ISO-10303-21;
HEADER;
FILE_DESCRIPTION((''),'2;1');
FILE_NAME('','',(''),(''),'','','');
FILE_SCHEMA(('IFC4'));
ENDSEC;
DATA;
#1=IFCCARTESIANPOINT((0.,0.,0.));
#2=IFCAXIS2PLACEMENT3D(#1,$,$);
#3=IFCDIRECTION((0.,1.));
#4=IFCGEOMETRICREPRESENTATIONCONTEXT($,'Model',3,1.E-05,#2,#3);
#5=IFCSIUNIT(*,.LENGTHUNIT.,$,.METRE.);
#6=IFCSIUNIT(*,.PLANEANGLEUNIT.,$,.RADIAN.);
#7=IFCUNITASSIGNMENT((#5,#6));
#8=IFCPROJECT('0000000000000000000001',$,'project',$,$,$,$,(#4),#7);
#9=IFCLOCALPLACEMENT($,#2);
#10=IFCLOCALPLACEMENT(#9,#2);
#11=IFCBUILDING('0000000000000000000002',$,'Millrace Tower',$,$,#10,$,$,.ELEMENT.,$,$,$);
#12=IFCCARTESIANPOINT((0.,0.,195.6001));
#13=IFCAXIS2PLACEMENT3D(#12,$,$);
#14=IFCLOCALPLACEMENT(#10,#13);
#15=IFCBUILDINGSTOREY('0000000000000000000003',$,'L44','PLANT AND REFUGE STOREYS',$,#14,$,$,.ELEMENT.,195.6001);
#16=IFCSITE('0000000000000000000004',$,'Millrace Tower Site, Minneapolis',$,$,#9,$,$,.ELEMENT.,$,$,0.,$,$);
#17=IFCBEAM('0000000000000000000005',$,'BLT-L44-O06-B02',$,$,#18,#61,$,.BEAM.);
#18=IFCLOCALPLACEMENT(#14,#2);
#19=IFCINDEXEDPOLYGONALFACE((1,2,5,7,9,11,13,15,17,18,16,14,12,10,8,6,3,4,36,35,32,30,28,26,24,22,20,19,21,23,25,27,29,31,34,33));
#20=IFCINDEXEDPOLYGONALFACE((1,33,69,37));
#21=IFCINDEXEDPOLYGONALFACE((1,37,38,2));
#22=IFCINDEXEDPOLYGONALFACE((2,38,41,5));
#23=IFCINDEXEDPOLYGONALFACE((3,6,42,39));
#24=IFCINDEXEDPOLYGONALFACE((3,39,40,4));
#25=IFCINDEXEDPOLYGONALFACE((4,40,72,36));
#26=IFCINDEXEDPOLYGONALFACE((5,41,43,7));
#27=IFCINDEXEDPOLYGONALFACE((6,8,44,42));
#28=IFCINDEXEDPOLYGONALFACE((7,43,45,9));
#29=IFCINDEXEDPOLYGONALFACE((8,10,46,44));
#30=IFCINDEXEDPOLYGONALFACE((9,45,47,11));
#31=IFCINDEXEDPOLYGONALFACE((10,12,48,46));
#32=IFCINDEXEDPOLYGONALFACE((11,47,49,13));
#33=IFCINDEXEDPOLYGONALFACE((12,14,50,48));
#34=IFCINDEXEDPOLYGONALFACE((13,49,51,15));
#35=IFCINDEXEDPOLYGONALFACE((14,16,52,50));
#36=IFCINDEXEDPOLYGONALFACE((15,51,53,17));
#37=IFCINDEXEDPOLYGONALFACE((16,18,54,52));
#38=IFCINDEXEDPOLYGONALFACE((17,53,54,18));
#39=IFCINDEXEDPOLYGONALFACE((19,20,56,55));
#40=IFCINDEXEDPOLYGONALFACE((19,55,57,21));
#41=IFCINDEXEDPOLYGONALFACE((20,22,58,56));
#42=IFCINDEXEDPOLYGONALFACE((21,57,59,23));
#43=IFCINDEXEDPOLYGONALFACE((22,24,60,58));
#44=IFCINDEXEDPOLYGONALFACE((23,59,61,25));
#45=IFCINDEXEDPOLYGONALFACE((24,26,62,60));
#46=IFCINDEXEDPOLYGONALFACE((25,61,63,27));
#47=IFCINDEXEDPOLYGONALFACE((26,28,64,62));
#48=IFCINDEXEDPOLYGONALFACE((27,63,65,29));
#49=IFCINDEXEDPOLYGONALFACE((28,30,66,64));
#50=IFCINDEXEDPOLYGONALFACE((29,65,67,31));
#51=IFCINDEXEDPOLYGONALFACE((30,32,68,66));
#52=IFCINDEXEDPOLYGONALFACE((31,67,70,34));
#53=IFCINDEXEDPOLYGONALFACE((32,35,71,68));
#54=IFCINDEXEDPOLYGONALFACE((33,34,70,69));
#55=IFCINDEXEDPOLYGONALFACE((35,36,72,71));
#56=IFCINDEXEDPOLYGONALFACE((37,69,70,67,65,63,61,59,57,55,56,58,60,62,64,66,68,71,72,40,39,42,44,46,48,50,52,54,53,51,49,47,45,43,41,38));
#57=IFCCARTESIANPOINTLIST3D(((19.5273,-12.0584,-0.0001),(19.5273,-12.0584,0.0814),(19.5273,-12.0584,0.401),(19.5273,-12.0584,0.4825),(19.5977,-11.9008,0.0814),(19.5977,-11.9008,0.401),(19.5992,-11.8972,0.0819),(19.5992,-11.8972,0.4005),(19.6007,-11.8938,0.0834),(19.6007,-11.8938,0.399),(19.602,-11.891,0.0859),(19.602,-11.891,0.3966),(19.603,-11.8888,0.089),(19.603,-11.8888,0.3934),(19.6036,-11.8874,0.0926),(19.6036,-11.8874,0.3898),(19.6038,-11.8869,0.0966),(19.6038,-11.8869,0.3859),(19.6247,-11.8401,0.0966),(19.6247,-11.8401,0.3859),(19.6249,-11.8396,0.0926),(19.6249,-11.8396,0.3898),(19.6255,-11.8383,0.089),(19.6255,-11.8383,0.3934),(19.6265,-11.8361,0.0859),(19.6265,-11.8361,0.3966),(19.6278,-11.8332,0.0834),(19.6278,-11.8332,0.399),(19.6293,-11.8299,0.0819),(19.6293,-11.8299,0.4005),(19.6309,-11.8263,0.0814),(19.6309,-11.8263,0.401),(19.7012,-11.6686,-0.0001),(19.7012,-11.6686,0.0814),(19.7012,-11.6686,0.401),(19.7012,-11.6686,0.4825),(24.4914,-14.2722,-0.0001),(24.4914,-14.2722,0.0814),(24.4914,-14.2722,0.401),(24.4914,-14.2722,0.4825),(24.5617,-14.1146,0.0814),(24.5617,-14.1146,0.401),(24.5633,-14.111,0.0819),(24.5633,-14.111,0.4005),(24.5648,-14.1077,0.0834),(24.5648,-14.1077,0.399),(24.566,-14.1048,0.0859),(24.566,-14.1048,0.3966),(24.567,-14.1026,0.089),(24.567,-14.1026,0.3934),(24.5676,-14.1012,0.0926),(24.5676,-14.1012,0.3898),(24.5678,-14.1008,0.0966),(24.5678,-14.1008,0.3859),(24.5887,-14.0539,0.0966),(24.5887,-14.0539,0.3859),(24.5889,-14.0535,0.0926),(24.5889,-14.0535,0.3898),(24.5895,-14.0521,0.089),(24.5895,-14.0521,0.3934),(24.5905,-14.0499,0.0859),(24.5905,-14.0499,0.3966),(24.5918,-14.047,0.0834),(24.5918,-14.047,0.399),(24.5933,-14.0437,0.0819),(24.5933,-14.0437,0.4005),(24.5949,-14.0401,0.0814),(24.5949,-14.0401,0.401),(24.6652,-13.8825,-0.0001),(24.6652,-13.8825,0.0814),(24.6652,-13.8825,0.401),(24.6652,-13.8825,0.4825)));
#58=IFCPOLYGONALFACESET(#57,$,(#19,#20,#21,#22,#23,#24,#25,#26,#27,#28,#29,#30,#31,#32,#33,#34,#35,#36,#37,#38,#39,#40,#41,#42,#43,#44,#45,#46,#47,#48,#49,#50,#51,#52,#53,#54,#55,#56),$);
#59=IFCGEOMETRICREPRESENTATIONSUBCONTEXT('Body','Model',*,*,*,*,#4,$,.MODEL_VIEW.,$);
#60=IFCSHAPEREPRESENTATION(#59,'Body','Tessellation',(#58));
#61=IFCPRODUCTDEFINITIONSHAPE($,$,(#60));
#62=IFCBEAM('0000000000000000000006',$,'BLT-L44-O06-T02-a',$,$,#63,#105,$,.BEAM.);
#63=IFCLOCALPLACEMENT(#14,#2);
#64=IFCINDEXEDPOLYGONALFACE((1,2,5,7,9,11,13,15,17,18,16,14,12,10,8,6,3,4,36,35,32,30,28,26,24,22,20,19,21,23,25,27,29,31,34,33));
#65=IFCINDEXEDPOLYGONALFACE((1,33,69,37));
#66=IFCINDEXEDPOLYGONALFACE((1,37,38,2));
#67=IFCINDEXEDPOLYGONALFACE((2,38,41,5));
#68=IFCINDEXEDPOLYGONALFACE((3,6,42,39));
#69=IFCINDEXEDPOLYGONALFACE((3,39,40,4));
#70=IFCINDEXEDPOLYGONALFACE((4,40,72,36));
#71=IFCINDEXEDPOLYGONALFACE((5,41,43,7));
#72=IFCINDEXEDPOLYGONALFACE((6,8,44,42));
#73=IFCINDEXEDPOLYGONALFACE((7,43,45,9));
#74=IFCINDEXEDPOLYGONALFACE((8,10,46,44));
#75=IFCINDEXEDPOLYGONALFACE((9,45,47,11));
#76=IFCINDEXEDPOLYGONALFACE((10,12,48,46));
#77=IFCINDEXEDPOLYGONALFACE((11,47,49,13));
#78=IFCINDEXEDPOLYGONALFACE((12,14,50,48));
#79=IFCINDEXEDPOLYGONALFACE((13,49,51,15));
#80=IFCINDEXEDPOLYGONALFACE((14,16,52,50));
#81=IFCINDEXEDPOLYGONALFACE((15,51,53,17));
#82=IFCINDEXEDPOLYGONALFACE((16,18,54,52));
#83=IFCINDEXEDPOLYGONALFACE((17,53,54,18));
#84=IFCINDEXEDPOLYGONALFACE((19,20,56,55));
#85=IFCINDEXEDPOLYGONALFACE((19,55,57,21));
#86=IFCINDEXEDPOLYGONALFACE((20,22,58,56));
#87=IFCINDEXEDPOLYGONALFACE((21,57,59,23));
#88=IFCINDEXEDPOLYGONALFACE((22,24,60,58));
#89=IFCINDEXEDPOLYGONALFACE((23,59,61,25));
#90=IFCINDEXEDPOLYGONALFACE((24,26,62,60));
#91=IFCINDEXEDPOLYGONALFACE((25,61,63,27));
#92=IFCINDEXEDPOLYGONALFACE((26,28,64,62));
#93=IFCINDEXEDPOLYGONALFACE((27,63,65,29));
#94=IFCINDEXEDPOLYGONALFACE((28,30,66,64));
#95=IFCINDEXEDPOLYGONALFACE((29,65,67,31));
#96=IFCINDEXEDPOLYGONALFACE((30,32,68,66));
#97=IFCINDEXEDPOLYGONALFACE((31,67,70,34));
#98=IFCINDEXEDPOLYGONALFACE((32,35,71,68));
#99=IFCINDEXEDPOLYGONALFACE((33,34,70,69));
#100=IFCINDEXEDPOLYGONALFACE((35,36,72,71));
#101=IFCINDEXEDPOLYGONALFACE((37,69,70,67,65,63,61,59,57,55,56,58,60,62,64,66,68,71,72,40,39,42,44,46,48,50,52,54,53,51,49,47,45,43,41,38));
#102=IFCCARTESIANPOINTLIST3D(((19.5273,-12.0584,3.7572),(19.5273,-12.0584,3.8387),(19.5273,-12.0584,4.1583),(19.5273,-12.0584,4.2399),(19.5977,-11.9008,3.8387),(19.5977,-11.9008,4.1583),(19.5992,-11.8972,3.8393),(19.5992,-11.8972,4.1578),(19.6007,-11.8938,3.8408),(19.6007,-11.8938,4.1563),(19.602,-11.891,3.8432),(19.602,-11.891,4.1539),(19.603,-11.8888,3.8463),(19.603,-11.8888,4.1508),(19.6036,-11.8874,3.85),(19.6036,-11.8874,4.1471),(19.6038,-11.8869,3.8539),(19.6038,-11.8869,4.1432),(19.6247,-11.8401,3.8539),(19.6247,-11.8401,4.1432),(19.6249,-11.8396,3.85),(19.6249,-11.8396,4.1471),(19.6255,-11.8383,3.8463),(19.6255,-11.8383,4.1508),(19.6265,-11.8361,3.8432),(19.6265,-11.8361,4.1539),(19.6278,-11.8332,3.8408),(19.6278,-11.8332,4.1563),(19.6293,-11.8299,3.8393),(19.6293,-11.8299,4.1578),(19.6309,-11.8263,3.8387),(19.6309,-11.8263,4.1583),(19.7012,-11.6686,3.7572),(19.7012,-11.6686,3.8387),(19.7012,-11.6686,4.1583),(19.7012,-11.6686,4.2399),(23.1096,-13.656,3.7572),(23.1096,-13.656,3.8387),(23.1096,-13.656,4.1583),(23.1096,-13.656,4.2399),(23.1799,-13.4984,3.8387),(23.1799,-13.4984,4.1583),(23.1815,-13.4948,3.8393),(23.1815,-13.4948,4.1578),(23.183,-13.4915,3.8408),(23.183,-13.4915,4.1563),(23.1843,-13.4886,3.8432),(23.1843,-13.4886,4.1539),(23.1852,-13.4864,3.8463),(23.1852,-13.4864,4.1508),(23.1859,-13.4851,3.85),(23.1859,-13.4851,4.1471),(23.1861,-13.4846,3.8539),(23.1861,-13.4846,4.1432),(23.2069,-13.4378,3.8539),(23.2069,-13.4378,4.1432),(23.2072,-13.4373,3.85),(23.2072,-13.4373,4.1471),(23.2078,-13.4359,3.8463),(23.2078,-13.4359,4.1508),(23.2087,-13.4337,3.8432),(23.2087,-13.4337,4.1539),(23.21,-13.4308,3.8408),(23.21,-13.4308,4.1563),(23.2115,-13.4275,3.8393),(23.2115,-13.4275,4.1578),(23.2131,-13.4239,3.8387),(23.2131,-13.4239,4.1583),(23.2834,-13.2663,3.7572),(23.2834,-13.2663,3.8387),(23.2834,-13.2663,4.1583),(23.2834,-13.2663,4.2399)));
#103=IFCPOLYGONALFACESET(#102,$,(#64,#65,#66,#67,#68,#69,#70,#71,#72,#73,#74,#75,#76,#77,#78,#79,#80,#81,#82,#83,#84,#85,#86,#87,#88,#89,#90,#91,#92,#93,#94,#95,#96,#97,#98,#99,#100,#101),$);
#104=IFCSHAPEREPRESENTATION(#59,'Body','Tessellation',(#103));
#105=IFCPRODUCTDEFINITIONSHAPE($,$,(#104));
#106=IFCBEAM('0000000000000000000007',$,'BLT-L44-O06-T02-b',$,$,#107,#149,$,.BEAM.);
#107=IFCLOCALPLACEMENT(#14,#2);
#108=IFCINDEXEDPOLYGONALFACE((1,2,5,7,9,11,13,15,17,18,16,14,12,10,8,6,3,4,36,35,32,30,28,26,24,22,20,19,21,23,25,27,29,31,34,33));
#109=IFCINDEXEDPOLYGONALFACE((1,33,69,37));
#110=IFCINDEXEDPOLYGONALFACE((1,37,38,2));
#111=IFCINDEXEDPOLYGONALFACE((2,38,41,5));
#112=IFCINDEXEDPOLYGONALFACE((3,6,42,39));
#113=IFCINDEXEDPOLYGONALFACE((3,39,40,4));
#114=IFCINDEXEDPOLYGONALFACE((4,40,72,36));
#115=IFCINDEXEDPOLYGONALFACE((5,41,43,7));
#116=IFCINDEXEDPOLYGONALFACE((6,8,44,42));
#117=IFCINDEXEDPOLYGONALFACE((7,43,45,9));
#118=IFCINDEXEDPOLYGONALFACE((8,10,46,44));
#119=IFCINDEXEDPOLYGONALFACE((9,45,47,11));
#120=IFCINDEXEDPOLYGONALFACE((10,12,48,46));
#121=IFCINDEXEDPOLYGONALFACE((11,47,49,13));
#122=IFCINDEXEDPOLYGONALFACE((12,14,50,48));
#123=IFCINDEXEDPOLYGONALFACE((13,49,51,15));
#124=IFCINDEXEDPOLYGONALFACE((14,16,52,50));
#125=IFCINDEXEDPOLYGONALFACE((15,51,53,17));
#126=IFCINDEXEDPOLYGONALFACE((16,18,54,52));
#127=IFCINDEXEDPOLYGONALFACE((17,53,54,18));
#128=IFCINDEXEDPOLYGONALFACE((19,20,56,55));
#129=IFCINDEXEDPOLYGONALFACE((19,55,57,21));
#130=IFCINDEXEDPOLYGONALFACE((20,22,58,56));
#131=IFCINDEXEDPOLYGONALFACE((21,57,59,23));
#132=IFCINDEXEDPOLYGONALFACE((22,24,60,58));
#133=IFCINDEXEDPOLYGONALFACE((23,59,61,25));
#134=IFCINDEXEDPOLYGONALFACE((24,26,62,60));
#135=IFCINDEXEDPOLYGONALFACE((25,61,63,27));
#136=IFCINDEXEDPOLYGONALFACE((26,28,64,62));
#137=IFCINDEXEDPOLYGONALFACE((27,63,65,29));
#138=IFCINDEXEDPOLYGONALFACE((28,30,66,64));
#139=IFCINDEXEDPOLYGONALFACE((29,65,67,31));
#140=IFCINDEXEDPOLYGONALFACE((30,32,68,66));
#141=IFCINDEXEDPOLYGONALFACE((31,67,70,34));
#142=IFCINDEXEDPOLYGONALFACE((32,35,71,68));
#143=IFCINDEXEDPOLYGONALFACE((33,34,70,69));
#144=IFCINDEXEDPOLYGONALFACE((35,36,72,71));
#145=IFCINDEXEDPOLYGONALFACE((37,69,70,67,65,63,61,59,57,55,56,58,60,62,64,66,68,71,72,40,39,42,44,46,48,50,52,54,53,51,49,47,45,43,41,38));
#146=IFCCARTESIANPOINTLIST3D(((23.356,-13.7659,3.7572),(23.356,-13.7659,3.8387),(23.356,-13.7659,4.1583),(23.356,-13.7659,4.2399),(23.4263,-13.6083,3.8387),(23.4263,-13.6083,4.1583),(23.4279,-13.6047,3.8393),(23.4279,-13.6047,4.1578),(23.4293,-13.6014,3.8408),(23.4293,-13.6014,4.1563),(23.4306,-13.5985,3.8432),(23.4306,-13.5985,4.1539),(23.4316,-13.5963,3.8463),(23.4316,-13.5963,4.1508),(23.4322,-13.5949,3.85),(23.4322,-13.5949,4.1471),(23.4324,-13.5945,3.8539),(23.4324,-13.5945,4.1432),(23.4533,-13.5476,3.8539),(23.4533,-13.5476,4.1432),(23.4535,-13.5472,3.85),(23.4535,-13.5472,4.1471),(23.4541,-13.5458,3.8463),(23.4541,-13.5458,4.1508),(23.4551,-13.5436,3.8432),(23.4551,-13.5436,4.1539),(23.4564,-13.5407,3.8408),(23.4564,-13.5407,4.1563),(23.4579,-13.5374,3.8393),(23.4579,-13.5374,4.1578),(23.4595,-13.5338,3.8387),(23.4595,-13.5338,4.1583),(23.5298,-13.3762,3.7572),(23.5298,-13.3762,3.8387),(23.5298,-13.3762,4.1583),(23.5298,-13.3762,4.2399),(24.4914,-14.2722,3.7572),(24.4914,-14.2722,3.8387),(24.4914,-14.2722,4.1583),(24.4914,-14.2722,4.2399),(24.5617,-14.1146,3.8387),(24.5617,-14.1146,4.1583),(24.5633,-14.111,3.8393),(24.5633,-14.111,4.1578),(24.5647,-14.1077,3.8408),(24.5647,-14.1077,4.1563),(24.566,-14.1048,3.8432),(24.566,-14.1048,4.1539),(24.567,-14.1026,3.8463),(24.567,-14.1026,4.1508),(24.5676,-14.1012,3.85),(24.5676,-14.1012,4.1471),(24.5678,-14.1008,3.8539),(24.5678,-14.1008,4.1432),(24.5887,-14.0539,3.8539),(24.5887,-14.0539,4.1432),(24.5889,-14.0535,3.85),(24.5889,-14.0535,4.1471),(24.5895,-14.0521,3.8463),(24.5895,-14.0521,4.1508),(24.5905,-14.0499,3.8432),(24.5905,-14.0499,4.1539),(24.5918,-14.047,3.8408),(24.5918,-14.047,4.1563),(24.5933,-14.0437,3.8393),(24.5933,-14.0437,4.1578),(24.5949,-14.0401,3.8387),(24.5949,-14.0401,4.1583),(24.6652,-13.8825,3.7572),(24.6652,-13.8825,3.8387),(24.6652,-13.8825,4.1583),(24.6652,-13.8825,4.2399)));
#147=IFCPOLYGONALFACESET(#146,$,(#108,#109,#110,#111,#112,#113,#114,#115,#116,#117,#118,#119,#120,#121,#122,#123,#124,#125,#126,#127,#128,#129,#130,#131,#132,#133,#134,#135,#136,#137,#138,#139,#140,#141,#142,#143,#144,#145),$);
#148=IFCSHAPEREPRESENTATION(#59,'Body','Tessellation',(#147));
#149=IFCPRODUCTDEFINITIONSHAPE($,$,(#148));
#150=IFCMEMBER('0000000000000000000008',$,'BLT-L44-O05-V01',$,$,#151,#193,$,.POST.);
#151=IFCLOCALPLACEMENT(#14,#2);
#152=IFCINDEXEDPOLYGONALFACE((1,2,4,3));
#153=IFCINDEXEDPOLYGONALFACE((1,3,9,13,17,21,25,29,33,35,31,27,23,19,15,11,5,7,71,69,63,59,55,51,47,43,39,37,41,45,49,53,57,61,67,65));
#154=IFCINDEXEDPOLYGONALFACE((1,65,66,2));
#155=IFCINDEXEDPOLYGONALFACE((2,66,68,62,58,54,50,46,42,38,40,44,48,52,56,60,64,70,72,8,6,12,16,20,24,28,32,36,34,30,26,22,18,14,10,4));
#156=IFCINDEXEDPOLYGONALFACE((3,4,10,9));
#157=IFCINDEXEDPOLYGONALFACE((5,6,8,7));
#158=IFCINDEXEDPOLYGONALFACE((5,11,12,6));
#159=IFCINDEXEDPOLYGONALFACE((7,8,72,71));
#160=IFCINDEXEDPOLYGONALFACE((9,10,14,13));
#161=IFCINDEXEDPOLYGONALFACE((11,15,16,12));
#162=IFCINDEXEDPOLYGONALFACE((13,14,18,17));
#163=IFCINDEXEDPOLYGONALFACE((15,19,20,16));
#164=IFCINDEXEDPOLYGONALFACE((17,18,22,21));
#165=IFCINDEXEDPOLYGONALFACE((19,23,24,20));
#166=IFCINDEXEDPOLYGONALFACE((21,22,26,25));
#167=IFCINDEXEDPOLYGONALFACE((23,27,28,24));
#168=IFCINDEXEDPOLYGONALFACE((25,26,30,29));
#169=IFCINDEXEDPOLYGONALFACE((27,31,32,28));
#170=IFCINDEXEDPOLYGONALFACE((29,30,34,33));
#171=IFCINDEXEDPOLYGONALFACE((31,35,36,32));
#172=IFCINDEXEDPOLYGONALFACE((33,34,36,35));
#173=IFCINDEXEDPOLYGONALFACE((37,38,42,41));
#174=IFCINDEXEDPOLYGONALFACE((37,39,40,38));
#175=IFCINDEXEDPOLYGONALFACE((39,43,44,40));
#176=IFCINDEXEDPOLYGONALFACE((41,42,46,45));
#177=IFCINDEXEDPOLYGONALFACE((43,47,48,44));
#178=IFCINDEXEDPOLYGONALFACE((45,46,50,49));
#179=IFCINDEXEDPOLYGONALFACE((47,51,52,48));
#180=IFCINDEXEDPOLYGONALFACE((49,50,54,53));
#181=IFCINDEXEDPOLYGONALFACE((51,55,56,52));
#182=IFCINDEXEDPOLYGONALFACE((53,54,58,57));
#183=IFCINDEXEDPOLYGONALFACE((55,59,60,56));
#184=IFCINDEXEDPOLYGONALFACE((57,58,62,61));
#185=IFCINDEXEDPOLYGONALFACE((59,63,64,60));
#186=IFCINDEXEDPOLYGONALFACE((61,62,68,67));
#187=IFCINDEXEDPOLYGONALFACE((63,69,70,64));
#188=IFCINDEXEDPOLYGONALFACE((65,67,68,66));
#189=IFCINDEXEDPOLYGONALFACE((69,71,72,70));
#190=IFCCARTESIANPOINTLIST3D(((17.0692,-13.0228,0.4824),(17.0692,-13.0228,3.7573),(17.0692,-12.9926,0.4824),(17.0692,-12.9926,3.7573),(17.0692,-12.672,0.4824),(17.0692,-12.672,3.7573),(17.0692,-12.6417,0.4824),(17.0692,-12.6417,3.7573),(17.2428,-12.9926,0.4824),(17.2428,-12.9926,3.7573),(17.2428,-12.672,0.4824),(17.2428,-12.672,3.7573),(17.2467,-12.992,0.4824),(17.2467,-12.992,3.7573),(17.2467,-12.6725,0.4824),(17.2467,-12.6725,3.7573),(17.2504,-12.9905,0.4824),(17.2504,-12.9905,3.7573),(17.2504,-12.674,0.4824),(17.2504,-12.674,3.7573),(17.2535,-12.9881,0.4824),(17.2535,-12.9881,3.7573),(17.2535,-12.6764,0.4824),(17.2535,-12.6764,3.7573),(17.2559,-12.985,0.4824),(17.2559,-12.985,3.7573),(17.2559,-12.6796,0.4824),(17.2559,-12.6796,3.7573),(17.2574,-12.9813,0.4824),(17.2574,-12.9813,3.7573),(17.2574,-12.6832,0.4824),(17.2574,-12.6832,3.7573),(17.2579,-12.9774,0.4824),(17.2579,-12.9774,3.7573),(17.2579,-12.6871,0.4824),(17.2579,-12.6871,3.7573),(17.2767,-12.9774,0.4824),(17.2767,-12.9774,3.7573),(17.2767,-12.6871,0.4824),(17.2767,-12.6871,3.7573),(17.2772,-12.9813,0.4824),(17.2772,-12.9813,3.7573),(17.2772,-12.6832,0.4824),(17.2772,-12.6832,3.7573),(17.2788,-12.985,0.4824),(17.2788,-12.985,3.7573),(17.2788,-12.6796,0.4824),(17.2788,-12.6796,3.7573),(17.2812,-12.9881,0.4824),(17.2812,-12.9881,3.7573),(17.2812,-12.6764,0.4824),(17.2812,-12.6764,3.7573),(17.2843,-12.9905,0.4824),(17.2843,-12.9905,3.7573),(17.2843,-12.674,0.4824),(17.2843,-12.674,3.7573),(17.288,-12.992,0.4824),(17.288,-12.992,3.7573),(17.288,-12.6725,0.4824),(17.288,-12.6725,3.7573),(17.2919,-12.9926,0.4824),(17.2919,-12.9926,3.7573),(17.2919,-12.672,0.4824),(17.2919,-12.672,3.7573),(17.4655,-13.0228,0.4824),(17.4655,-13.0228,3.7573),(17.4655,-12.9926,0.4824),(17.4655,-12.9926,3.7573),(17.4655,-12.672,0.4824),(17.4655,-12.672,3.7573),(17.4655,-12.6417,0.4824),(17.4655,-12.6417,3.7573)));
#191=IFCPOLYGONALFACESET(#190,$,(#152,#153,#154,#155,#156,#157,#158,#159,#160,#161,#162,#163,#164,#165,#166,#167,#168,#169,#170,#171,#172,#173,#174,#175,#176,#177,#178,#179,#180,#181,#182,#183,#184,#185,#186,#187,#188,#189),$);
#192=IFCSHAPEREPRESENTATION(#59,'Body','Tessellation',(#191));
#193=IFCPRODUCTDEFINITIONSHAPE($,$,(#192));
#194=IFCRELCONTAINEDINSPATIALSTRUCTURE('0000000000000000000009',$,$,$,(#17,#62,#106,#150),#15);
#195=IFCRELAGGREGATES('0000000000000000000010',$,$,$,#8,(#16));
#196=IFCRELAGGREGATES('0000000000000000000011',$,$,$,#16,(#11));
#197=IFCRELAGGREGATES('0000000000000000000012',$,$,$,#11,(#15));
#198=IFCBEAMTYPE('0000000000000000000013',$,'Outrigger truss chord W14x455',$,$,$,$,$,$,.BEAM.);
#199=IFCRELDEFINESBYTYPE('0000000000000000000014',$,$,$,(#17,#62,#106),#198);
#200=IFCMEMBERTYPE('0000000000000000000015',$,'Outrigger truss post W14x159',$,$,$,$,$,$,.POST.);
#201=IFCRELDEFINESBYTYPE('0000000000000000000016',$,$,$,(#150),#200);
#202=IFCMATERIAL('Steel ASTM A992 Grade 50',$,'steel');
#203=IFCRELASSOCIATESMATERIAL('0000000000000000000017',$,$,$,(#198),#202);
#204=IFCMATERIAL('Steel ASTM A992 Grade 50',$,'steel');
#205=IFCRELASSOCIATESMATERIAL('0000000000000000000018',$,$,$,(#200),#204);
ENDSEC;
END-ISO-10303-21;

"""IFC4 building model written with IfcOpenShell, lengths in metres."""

from ifc_helpers import new_model, si_unit, direction, frame, origin, origin_2d, place, context, subcontext, project, spatial, i_section, extrude, material, material_profile, profile_set, type_object, element, save


model = new_model("IFC4")

# Units and contexts
model_context = context("Model", 3, precision=1e-05, world=origin(), true_north=direction((0.0, 1.0)))
body_context = subcontext(model_context, "Body", "Model", "MODEL_VIEW")
ifc_project = project(units=[si_unit("LENGTHUNIT", "METRE"), si_unit("PLANEANGLEUNIT", "RADIAN")], contexts=[model_context])

# Site, building, storey
site_placement = place(None, origin())
site = spatial("IfcSite", under=ifc_project, at=site_placement, Name="Millrace Tower Site, Minneapolis", CompositionType="ELEMENT", RefElevation=0.0)
building_placement = place(site_placement, origin())
building = spatial("IfcBuilding", under=site, at=building_placement, Name="Millrace Tower", CompositionType="ELEMENT")
storey_placement = place(building_placement, frame((0.0, 0.0, 195.6001)))
storey = spatial("IfcBuildingStorey", under=building, at=storey_placement, Name="L44", Description="PLANT AND REFUGE STOREYS", CompositionType="ELEMENT", Elevation=195.6001)

# Beams
ifc_material_1 = material(Name="Steel ASTM A992 Grade 50", Category="steel")
ifc_material_profile_1 = material_profile(ifc_material_1, i_section(OverallWidth=0.4268, OverallDepth=0.4827, WebThickness=0.0513, FlangeThickness=0.0815, FilletRadius=0.0151, at=origin_2d()))
ifc_profile_set_1 = profile_set([ifc_material_profile_1], Name="Steel ASTM A992 Grade 50")
beam_type_1 = type_object("IfcBeamType", Name="Outrigger truss chord W14x455", PredefinedType="BEAM", material=ifc_profile_set_1)
beam_1_placement = place(storey_placement, frame((19.6143, -11.8635, 0.2412), z_axis=(0.913292, -0.407305, 0.0), x_axis=(0.407305, 0.913292, 0.0)))
element("IfcBeam", 1, at=beam_1_placement, inside=storey, type_object=beam_type_1, Name="BLT-L44-O06-B02", PredefinedType="BEAM", context=body_context, shape_type="SweptSolid", body=[
    extrude(i_section(OverallWidth=0.4268, OverallDepth=0.4827, WebThickness=0.0513, FlangeThickness=0.0815, FilletRadius=0.0151, at=origin_2d()), origin(), (0.0, 0.0, 1.0), 5.4353),
])
beam_2_placement = place(storey_placement, frame((19.6143, -11.8635, 3.9985), z_axis=(0.913287, -0.407316, 0.0), x_axis=(0.407316, 0.913287, 0.0)))
element("IfcBeam", 2, at=beam_2_placement, inside=storey, type_object=beam_type_1, Name="BLT-L44-O06-T02-a", PredefinedType="BEAM", context=body_context, shape_type="SweptSolid", body=[
    extrude(i_section(OverallWidth=0.4268, OverallDepth=0.4827, WebThickness=0.0513, FlangeThickness=0.0815, FilletRadius=0.0151, at=origin_2d()), origin(), (0.0, 0.0, 1.0), 3.9224),
])
beam_3_placement = place(storey_placement, frame((23.4429, -13.571, 3.9985), z_axis=(0.913309, -0.407268, 0.0), x_axis=(0.407268, 0.913309, 0.0)))
element("IfcBeam", 3, at=beam_3_placement, inside=storey, type_object=beam_type_1, Name="BLT-L44-O06-T02-b", PredefinedType="BEAM", context=body_context, shape_type="SweptSolid", body=[
    extrude(i_section(OverallWidth=0.4268, OverallDepth=0.4827, WebThickness=0.0513, FlangeThickness=0.0815, FilletRadius=0.0151, at=origin_2d()), origin(), (0.0, 0.0, 1.0), 1.2432),
])

# Member
ifc_material_2 = material(Name="Steel ASTM A992 Grade 50", Category="steel")
ifc_material_profile_2 = material_profile(ifc_material_2, i_section(OverallWidth=0.3962, OverallDepth=0.3811, WebThickness=0.0188, FlangeThickness=0.0303, FilletRadius=0.0151, at=origin_2d()))
ifc_profile_set_2 = profile_set([ifc_material_profile_2], Name="Steel ASTM A992 Grade 50")
member_type_1 = type_object("IfcMemberType", Name="Outrigger truss post W14x159", PredefinedType="POST", material=ifc_profile_set_2)
for number, where, z_axis, x_axis, name in (
    (4, (17.2673, -12.8323, 0.4824), (0.0, 0.0, 1.0), (1.0, 0.0, 0.0), "BLT-L44-O05-V01"),
):
    element("IfcMember", number, at=place(storey_placement, frame(where, z_axis=z_axis, x_axis=x_axis)), inside=storey, type_object=member_type_1, Name=name, PredefinedType="POST", context=body_context, shape_type="SweptSolid", body=[
        extrude(i_section(OverallWidth=0.3962, OverallDepth=0.3811, WebThickness=0.0188, FlangeThickness=0.0303, FilletRadius=0.0151, at=origin_2d()), origin(), (0.0, 0.0, 1.0), 3.2749),
    ])

save(model, "model.ifc")
